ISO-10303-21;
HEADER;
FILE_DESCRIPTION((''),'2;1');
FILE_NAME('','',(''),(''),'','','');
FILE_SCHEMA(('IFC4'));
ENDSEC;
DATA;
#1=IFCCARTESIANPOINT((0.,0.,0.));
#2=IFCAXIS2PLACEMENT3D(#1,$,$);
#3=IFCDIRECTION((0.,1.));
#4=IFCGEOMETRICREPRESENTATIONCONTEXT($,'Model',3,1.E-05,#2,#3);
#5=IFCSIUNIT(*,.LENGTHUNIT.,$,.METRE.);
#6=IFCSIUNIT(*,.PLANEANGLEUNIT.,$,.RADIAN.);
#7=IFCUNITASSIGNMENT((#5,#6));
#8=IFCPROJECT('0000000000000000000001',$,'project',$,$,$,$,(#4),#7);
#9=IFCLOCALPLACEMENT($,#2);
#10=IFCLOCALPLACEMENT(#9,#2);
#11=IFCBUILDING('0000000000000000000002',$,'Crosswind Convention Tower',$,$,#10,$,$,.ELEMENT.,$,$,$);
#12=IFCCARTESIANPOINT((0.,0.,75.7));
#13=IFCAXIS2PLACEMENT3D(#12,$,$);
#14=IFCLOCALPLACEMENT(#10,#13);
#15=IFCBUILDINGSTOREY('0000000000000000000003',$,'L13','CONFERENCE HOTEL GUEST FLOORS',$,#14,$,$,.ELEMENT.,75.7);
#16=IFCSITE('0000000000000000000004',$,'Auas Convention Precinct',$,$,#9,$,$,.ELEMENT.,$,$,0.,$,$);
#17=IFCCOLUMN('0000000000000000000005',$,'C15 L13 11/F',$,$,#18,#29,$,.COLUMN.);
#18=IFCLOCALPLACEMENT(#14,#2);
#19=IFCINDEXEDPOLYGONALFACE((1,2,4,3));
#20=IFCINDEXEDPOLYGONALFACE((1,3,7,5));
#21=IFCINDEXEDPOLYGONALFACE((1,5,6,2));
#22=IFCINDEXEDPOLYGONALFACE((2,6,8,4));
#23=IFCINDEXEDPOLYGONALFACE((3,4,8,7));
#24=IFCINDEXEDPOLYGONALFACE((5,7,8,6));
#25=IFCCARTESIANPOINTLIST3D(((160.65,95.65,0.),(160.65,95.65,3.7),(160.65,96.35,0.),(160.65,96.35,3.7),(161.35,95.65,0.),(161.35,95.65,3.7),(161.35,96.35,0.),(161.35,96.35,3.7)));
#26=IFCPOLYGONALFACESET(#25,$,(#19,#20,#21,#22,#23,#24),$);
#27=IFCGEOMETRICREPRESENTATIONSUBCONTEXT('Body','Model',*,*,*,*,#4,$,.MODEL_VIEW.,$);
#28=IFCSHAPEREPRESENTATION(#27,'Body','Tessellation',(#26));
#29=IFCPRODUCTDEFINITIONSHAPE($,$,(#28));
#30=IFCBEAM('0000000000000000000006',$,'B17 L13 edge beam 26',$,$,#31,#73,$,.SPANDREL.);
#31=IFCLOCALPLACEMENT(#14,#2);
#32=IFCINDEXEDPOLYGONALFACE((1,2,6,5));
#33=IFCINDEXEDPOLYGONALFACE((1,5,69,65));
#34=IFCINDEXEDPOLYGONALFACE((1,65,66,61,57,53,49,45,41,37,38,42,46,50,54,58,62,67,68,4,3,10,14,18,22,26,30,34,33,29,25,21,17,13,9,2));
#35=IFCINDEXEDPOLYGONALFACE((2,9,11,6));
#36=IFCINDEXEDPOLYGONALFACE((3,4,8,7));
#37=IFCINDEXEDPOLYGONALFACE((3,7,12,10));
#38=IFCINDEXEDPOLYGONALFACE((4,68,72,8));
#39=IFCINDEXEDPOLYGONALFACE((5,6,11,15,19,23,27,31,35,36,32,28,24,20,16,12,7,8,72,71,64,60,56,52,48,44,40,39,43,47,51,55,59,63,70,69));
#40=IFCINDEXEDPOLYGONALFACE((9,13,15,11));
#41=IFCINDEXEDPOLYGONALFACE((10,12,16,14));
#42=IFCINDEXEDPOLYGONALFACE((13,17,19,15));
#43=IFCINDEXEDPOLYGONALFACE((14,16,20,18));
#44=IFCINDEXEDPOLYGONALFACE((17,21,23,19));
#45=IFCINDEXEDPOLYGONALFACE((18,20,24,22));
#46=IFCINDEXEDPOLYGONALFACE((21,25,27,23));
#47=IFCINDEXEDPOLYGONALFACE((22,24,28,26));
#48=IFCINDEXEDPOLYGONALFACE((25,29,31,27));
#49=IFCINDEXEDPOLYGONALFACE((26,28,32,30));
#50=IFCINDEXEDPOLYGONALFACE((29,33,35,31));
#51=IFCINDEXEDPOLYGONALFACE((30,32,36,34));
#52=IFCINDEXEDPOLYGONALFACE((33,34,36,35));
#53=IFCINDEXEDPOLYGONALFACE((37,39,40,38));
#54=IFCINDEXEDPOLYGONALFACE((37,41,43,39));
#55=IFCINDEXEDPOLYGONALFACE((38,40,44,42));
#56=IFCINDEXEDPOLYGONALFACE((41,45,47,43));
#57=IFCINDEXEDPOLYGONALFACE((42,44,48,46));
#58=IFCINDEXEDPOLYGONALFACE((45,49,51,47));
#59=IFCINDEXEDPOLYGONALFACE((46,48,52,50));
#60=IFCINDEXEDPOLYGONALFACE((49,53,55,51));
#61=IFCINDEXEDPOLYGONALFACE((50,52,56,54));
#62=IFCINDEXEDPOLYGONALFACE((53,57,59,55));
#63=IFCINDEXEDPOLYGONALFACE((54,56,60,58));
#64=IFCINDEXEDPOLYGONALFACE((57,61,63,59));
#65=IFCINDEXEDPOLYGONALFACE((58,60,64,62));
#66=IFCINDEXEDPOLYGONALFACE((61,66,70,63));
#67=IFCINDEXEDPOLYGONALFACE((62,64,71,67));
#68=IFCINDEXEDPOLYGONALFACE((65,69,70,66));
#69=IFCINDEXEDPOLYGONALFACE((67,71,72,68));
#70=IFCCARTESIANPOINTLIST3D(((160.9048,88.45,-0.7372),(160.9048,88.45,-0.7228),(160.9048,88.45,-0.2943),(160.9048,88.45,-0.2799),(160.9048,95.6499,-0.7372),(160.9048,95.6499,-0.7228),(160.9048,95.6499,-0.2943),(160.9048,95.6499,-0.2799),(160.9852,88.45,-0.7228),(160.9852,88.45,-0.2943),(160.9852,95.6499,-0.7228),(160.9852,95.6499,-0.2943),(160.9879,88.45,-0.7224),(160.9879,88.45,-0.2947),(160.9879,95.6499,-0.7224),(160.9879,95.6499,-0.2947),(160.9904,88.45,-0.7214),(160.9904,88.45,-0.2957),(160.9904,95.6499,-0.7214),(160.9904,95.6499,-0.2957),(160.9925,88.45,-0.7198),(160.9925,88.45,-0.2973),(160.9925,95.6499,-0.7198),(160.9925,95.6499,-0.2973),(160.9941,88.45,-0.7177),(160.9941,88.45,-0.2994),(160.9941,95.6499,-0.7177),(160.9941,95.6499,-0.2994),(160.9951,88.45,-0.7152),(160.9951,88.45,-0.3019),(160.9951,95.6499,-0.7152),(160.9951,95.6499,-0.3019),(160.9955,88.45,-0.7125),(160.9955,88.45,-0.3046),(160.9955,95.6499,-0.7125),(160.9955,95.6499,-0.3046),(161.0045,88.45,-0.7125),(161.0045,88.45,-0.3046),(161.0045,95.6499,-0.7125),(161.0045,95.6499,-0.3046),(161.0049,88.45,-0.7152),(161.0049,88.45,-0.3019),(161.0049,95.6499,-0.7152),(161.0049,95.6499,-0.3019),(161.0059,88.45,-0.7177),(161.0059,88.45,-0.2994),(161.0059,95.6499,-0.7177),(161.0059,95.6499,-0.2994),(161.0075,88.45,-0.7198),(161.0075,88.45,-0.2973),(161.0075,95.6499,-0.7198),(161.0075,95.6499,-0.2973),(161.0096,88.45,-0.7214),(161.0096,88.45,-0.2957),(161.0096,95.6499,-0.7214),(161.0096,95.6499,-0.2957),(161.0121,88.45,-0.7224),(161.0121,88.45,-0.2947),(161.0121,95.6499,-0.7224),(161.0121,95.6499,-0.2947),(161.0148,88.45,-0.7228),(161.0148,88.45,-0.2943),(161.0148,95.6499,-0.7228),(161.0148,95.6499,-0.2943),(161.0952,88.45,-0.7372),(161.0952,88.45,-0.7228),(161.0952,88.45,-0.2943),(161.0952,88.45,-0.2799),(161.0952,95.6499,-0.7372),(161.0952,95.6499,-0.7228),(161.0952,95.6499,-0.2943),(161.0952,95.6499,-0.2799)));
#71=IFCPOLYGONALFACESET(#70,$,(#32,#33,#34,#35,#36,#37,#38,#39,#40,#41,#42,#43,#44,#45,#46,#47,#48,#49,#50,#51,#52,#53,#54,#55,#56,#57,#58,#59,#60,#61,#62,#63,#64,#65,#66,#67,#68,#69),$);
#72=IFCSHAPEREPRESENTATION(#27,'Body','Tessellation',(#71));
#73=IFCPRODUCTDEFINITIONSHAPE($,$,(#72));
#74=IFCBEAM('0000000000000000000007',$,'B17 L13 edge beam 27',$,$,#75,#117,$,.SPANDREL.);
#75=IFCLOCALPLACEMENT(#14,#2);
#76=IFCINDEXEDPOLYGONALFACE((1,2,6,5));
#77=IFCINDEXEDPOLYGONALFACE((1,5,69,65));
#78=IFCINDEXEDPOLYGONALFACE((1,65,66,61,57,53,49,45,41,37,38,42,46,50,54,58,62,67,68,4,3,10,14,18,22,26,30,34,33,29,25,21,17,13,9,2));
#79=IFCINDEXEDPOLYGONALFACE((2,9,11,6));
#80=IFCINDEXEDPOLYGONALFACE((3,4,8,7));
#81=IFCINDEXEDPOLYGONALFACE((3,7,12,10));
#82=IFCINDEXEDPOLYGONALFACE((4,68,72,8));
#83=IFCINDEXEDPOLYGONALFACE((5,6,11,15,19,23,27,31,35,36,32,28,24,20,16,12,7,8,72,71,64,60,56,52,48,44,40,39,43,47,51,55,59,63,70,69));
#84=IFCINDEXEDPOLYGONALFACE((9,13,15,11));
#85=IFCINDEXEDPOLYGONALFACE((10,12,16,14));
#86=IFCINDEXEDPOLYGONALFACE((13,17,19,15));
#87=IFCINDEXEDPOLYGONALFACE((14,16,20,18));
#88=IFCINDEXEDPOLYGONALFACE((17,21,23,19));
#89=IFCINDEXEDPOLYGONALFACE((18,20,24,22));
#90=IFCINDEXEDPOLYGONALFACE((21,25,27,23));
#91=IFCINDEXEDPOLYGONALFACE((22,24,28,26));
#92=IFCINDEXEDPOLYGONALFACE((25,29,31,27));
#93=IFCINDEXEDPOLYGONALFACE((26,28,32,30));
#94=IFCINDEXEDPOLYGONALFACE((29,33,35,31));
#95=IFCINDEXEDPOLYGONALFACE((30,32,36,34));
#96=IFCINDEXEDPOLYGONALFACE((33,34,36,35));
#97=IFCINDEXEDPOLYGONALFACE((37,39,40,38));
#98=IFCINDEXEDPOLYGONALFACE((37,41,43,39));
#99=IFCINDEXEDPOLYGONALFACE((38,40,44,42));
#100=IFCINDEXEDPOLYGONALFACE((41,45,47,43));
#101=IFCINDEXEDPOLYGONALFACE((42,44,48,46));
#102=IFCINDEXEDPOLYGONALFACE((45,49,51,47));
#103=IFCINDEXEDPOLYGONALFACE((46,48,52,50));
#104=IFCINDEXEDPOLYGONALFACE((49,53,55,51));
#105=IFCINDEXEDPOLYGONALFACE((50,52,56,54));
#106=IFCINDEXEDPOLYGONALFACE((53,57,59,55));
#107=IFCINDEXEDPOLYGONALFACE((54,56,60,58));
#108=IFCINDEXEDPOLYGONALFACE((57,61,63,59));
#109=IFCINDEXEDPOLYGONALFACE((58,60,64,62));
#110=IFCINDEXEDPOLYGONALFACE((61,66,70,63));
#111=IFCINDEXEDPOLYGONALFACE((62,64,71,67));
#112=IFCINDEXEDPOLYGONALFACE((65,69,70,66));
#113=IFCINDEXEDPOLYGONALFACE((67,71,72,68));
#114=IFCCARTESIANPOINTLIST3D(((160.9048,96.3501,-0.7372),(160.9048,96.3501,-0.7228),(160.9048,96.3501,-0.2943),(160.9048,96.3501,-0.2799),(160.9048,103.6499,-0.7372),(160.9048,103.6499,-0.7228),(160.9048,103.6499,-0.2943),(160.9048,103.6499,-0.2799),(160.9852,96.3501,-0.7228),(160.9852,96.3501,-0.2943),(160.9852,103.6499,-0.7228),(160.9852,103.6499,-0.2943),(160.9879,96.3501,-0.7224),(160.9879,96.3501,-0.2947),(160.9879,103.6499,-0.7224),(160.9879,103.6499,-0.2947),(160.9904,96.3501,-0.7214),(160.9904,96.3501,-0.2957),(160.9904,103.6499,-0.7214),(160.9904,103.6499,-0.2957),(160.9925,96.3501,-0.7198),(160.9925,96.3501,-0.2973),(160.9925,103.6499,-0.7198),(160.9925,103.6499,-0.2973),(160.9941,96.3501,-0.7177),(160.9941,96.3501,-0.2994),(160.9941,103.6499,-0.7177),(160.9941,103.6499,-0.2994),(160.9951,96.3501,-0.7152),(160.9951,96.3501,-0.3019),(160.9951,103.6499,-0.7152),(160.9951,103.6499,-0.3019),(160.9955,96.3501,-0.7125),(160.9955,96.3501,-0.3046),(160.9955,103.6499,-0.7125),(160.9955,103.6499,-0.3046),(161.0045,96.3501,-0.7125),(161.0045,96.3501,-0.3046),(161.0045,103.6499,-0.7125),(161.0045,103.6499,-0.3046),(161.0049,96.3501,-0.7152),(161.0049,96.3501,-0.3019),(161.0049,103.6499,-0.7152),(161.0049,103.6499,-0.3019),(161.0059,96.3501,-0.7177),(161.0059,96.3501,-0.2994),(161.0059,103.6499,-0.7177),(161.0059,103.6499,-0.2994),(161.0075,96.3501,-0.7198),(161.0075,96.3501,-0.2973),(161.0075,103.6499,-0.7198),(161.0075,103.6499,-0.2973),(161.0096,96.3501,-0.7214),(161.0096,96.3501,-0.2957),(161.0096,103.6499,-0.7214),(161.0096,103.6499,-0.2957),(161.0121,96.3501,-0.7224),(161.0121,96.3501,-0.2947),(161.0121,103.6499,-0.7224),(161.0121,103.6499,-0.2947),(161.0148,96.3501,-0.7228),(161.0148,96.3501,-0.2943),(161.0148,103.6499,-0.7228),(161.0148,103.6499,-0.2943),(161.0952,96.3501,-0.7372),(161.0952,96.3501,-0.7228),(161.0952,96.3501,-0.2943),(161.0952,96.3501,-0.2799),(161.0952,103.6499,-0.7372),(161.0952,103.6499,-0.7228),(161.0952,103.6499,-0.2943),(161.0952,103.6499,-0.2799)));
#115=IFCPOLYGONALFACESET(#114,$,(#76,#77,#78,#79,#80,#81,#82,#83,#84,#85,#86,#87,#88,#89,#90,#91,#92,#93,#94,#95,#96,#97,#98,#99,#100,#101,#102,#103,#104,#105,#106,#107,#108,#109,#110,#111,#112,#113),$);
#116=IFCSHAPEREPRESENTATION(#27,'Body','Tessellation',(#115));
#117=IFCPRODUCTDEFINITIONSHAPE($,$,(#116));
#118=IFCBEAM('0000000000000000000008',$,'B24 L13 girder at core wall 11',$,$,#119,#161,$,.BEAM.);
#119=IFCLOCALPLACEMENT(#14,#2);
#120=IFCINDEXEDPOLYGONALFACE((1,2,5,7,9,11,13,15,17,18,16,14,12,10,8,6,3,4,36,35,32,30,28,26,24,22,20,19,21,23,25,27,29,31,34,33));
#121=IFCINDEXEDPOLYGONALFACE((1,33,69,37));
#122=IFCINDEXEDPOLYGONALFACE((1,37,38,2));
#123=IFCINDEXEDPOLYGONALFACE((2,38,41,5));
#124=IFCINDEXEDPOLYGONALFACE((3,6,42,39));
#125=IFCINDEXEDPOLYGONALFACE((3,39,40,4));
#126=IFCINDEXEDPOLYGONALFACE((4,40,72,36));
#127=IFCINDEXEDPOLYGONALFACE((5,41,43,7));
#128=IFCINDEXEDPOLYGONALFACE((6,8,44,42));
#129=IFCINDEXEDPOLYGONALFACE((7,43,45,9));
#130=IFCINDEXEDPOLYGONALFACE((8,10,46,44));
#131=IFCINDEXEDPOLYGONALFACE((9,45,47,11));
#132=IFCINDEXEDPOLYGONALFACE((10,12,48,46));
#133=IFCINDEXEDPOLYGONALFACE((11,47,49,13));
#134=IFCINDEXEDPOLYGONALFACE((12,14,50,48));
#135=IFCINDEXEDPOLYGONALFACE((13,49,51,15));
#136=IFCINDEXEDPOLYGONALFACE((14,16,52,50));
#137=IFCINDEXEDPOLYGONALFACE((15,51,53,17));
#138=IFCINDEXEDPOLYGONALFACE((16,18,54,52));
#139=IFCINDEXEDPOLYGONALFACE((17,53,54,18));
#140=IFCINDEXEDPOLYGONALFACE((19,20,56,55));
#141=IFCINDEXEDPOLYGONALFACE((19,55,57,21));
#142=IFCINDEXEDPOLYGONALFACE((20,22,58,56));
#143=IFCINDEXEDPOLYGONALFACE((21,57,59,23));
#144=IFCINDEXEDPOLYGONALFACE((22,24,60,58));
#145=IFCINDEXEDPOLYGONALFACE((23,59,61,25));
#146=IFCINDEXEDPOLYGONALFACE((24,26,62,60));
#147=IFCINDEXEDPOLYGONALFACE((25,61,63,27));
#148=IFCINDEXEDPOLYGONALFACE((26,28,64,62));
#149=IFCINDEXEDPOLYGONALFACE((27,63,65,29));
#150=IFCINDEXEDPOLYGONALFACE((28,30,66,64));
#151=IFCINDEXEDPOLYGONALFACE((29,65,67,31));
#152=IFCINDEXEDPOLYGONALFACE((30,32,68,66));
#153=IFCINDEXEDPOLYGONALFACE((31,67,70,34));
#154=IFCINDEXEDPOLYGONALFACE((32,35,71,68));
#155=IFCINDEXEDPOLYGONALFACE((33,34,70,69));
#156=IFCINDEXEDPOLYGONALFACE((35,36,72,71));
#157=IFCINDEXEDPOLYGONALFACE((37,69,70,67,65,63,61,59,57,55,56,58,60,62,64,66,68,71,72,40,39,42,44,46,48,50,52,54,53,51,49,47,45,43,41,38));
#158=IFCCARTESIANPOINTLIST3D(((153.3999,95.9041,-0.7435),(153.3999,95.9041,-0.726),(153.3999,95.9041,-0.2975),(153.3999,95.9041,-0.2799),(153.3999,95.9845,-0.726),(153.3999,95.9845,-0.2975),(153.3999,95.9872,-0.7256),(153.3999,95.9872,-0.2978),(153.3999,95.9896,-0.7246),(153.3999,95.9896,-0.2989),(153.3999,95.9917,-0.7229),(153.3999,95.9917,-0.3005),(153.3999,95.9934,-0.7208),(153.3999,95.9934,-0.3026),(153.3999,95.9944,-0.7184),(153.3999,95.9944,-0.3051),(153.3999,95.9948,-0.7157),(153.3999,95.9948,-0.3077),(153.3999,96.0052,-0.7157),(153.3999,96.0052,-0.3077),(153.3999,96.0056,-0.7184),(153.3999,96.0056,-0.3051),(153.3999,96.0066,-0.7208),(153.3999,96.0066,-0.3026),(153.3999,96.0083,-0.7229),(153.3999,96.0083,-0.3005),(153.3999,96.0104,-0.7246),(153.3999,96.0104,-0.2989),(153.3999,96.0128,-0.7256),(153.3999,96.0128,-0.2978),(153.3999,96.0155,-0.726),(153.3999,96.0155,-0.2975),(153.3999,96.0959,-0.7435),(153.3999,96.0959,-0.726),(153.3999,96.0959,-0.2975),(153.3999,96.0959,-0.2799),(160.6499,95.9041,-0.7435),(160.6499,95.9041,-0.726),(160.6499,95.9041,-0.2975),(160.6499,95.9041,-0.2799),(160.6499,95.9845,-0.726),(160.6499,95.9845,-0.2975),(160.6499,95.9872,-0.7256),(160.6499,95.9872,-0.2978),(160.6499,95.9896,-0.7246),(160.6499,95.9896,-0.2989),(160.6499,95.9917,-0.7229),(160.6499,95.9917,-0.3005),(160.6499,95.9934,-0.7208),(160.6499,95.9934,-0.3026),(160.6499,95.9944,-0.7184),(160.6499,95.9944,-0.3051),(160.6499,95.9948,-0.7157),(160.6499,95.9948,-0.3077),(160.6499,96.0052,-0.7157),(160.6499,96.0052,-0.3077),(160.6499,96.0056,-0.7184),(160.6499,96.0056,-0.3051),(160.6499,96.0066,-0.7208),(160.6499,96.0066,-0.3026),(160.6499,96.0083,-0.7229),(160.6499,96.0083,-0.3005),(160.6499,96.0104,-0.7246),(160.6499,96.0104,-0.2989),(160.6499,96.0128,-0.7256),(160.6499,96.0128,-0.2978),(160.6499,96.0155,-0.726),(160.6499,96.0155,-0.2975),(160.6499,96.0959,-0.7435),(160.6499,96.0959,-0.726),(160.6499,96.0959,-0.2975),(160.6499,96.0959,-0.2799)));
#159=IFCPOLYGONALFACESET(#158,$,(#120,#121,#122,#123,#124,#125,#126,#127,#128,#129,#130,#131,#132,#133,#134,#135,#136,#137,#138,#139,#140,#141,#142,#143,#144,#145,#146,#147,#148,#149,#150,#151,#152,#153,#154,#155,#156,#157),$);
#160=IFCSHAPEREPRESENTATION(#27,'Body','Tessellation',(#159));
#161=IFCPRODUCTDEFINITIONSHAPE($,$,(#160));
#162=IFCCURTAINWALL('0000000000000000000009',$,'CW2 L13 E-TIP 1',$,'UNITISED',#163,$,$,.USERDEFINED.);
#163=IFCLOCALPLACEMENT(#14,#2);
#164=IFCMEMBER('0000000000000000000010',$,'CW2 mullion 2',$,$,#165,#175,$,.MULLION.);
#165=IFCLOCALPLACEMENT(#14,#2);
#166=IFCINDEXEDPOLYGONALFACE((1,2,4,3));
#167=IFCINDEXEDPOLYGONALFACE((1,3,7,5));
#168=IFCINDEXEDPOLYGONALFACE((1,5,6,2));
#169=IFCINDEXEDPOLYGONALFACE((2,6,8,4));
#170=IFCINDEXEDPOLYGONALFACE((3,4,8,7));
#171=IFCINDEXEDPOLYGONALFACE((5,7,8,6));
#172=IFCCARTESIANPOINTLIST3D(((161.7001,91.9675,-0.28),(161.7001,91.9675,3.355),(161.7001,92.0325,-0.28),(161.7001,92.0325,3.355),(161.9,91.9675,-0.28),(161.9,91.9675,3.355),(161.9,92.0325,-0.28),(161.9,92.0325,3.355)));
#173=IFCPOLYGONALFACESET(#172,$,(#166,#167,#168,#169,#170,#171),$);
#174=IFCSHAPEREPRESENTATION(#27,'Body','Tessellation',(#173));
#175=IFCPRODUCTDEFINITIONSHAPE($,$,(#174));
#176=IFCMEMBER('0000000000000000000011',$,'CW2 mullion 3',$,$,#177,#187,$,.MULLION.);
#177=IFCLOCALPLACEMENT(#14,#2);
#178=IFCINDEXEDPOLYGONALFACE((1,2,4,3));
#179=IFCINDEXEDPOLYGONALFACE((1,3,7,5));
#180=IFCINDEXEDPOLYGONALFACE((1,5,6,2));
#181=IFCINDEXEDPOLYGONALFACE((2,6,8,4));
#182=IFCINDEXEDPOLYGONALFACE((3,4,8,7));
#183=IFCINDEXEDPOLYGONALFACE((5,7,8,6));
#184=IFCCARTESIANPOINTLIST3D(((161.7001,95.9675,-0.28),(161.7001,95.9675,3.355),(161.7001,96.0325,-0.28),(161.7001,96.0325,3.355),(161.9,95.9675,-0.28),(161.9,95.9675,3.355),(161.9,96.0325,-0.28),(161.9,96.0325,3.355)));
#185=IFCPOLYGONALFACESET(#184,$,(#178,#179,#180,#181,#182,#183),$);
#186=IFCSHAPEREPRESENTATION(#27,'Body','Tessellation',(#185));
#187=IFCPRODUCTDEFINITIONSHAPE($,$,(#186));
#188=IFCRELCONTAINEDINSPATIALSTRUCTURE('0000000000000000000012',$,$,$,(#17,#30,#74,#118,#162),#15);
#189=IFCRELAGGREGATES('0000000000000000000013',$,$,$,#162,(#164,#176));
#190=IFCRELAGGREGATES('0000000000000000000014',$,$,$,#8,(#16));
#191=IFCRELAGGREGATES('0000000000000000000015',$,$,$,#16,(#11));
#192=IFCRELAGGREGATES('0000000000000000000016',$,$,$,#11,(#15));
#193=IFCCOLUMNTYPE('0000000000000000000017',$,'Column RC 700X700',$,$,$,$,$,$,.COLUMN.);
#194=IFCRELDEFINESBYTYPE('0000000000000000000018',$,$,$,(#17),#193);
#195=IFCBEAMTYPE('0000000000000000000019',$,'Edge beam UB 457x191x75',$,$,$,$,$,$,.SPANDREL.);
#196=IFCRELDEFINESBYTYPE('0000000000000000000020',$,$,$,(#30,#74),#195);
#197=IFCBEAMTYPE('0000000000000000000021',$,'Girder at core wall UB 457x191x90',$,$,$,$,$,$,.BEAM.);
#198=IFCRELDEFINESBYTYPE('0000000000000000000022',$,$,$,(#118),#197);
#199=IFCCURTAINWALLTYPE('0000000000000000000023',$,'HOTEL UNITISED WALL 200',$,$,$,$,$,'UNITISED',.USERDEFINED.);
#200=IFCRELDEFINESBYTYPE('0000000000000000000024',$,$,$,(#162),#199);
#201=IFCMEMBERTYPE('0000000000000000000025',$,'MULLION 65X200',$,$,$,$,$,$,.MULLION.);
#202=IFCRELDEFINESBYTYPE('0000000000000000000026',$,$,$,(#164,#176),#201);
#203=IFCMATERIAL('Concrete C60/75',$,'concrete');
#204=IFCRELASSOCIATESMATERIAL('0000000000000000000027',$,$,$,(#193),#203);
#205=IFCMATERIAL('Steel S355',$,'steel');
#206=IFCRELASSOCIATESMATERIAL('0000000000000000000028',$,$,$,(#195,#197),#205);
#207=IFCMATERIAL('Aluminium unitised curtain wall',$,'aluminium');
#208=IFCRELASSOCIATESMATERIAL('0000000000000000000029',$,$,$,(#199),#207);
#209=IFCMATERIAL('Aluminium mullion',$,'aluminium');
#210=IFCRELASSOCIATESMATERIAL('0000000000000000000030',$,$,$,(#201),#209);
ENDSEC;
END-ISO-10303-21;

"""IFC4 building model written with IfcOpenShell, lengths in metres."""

from ifc_helpers import new_model, si_unit, direction, frame, origin, origin_2d, place, context, subcontext, project, spatial, rectangle, i_section, extrude, material, material_profile, profile_set, type_object, element, aggregate, save


model = new_model("IFC4")

# Units and contexts
model_context = context("Model", 3, precision=1e-05, world=origin(), true_north=direction((0.0, 1.0)))
body_context = subcontext(model_context, "Body", "Model", "MODEL_VIEW")
ifc_project = project(units=[si_unit("LENGTHUNIT", "METRE"), si_unit("PLANEANGLEUNIT", "RADIAN")], contexts=[model_context])

# Site, building, storey
site_placement = place(None, origin())
site = spatial("IfcSite", under=ifc_project, at=site_placement, Name="Auas Convention Precinct", CompositionType="ELEMENT", RefElevation=0.0)
building_placement = place(site_placement, origin())
building = spatial("IfcBuilding", under=site, at=building_placement, Name="Crosswind Convention Tower", CompositionType="ELEMENT")
storey_placement = place(building_placement, frame((0.0, 0.0, 75.7)))
storey = spatial("IfcBuildingStorey", under=building, at=storey_placement, Name="L13", Description="CONFERENCE HOTEL GUEST FLOORS", CompositionType="ELEMENT", Elevation=75.7)

# Column
ifc_material_1 = material(Name="Concrete C60/75", Category="concrete")
ifc_material_profile_1 = material_profile(ifc_material_1, rectangle(XDim=0.7, YDim=0.7, at=origin_2d()), Name="RC 700X700")
ifc_profile_set_1 = profile_set([ifc_material_profile_1], Name="Concrete C60/75")
column_type = type_object("IfcColumnType", Name="Column RC 700X700", PredefinedType="COLUMN", material=ifc_profile_set_1)
column_placement = place(storey_placement, frame((161.0, 96.0, 0.0), z_axis=(0.0, 0.0, 1.0), x_axis=(1.0, 0.0, 0.0)))
element("IfcColumn", 1, at=column_placement, inside=storey, type_object=column_type, Name="C15 L13 11/F", PredefinedType="COLUMN", context=body_context, shape_type="SweptSolid", body=[
    extrude(rectangle(XDim=0.7, YDim=0.7, at=origin_2d()), origin(), (0.0, 0.0, 1.0), 3.7),
])

# Beams
ifc_material_2 = material(Name="Steel S355", Category="steel")
ifc_material_profile_2 = material_profile(ifc_material_2, i_section(OverallWidth=0.1904, OverallDepth=0.4573, WebThickness=0.009, FlangeThickness=0.0144, FilletRadius=0.0103, at=origin_2d()), Name="UB 457x191x75")
ifc_profile_set_2 = profile_set([ifc_material_profile_2], Name="Steel S355")
beam_type_1 = type_object("IfcBeamType", Name="Edge beam UB 457x191x75", PredefinedType="SPANDREL", material=ifc_profile_set_2)
beam_1_placement = place(storey_placement, frame((161.0, 88.45, -0.5085), z_axis=(0.0, 1.0, 0.0), x_axis=(-1.0, 0.0, 0.0)))
element("IfcBeam", 2, at=beam_1_placement, inside=storey, type_object=beam_type_1, Name="B17 L13 edge beam 26", PredefinedType="SPANDREL", context=body_context, shape_type="SweptSolid", body=[
    extrude(i_section(OverallWidth=0.1904, OverallDepth=0.4573, WebThickness=0.009, FlangeThickness=0.0144, FilletRadius=0.0103, at=origin_2d()), origin(), (0.0, 0.0, 1.0), 7.2),
])
beam_2_placement = place(storey_placement, frame((161.0, 96.3501, -0.5085), z_axis=(0.0, 1.0, 0.0), x_axis=(-1.0, 0.0, 0.0)))
element("IfcBeam", 3, at=beam_2_placement, inside=storey, type_object=beam_type_1, Name="B17 L13 edge beam 27", PredefinedType="SPANDREL", context=body_context, shape_type="SweptSolid", body=[
    extrude(i_section(OverallWidth=0.1904, OverallDepth=0.4573, WebThickness=0.009, FlangeThickness=0.0144, FilletRadius=0.0103, at=origin_2d()), origin(), (0.0, 0.0, 1.0), 7.2998),
])
ifc_material_profile_3 = material_profile(ifc_material_2, i_section(OverallWidth=0.1919, OverallDepth=0.4636, WebThickness=0.0105, FlangeThickness=0.0176, FilletRadius=0.0103, at=origin_2d()), Name="UB 457x191x90")
ifc_profile_set_3 = profile_set([ifc_material_profile_3], Name="Steel S355")
beam_type_2 = type_object("IfcBeamType", Name="Girder at core wall UB 457x191x90", PredefinedType="BEAM", material=ifc_profile_set_3)
beam_3_placement = place(storey_placement, frame((153.3999, 96.0, -0.5117), z_axis=(1.0, 0.0, 0.0), x_axis=(0.0, 1.0, 0.0)))
element("IfcBeam", 4, at=beam_3_placement, inside=storey, type_object=beam_type_2, Name="B24 L13 girder at core wall 11", PredefinedType="BEAM", context=body_context, shape_type="SweptSolid", body=[
    extrude(i_section(OverallWidth=0.1919, OverallDepth=0.4636, WebThickness=0.0105, FlangeThickness=0.0176, FilletRadius=0.0103, at=origin_2d()), origin(), (0.0, 0.0, 1.0), 7.25),
])

# Curtain wall, members
ifc_material_3 = material(Name="Aluminium unitised curtain wall", Category="aluminium")
curtain_wall_type = type_object("IfcCurtainWallType", Name="HOTEL UNITISED WALL 200", ElementType="UNITISED", PredefinedType="USERDEFINED", material=ifc_material_3)
curtain_wall_placement = place(storey_placement, origin())
curtain_wall = element("IfcCurtainWall", 5, at=curtain_wall_placement, inside=storey, type_object=curtain_wall_type, Name="CW2 L13 E-TIP 1", ObjectType="UNITISED", PredefinedType="USERDEFINED")
ifc_material_4 = material(Name="Aluminium mullion", Category="aluminium")
ifc_material_profile_4 = material_profile(ifc_material_4, rectangle(XDim=0.2, YDim=0.0649, at=origin_2d()), Name="AL 200X65")
ifc_profile_set_4 = profile_set([ifc_material_profile_4], Name="Aluminium mullion")
member_type = type_object("IfcMemberType", Name="MULLION 65X200", PredefinedType="MULLION", material=ifc_profile_set_4)
member_1_placement = place(storey_placement, frame((161.8, 92.0, -0.28), z_axis=(0.0, 0.0, 1.0), x_axis=(1.0, 0.0, 0.0)))
member_1 = element("IfcMember", 6, at=member_1_placement, type_object=member_type, Name="CW2 mullion 2", PredefinedType="MULLION", context=body_context, shape_type="SweptSolid", body=[
    extrude(rectangle(XDim=0.2, YDim=0.0649, at=origin_2d()), origin(), (0.0, 0.0, 1.0), 3.635),
])
member_2_placement = place(storey_placement, frame((161.8, 96.0, -0.28), z_axis=(0.0, 0.0, 1.0), x_axis=(1.0, 0.0, 0.0)))
member_2 = element("IfcMember", 7, at=member_2_placement, type_object=member_type, Name="CW2 mullion 3", PredefinedType="MULLION", context=body_context, shape_type="SweptSolid", body=[
    extrude(rectangle(XDim=0.2, YDim=0.0649, at=origin_2d()), origin(), (0.0, 0.0, 1.0), 3.635),
])

aggregate(curtain_wall, [member_1, member_2])

save(model, "model.ifc")
